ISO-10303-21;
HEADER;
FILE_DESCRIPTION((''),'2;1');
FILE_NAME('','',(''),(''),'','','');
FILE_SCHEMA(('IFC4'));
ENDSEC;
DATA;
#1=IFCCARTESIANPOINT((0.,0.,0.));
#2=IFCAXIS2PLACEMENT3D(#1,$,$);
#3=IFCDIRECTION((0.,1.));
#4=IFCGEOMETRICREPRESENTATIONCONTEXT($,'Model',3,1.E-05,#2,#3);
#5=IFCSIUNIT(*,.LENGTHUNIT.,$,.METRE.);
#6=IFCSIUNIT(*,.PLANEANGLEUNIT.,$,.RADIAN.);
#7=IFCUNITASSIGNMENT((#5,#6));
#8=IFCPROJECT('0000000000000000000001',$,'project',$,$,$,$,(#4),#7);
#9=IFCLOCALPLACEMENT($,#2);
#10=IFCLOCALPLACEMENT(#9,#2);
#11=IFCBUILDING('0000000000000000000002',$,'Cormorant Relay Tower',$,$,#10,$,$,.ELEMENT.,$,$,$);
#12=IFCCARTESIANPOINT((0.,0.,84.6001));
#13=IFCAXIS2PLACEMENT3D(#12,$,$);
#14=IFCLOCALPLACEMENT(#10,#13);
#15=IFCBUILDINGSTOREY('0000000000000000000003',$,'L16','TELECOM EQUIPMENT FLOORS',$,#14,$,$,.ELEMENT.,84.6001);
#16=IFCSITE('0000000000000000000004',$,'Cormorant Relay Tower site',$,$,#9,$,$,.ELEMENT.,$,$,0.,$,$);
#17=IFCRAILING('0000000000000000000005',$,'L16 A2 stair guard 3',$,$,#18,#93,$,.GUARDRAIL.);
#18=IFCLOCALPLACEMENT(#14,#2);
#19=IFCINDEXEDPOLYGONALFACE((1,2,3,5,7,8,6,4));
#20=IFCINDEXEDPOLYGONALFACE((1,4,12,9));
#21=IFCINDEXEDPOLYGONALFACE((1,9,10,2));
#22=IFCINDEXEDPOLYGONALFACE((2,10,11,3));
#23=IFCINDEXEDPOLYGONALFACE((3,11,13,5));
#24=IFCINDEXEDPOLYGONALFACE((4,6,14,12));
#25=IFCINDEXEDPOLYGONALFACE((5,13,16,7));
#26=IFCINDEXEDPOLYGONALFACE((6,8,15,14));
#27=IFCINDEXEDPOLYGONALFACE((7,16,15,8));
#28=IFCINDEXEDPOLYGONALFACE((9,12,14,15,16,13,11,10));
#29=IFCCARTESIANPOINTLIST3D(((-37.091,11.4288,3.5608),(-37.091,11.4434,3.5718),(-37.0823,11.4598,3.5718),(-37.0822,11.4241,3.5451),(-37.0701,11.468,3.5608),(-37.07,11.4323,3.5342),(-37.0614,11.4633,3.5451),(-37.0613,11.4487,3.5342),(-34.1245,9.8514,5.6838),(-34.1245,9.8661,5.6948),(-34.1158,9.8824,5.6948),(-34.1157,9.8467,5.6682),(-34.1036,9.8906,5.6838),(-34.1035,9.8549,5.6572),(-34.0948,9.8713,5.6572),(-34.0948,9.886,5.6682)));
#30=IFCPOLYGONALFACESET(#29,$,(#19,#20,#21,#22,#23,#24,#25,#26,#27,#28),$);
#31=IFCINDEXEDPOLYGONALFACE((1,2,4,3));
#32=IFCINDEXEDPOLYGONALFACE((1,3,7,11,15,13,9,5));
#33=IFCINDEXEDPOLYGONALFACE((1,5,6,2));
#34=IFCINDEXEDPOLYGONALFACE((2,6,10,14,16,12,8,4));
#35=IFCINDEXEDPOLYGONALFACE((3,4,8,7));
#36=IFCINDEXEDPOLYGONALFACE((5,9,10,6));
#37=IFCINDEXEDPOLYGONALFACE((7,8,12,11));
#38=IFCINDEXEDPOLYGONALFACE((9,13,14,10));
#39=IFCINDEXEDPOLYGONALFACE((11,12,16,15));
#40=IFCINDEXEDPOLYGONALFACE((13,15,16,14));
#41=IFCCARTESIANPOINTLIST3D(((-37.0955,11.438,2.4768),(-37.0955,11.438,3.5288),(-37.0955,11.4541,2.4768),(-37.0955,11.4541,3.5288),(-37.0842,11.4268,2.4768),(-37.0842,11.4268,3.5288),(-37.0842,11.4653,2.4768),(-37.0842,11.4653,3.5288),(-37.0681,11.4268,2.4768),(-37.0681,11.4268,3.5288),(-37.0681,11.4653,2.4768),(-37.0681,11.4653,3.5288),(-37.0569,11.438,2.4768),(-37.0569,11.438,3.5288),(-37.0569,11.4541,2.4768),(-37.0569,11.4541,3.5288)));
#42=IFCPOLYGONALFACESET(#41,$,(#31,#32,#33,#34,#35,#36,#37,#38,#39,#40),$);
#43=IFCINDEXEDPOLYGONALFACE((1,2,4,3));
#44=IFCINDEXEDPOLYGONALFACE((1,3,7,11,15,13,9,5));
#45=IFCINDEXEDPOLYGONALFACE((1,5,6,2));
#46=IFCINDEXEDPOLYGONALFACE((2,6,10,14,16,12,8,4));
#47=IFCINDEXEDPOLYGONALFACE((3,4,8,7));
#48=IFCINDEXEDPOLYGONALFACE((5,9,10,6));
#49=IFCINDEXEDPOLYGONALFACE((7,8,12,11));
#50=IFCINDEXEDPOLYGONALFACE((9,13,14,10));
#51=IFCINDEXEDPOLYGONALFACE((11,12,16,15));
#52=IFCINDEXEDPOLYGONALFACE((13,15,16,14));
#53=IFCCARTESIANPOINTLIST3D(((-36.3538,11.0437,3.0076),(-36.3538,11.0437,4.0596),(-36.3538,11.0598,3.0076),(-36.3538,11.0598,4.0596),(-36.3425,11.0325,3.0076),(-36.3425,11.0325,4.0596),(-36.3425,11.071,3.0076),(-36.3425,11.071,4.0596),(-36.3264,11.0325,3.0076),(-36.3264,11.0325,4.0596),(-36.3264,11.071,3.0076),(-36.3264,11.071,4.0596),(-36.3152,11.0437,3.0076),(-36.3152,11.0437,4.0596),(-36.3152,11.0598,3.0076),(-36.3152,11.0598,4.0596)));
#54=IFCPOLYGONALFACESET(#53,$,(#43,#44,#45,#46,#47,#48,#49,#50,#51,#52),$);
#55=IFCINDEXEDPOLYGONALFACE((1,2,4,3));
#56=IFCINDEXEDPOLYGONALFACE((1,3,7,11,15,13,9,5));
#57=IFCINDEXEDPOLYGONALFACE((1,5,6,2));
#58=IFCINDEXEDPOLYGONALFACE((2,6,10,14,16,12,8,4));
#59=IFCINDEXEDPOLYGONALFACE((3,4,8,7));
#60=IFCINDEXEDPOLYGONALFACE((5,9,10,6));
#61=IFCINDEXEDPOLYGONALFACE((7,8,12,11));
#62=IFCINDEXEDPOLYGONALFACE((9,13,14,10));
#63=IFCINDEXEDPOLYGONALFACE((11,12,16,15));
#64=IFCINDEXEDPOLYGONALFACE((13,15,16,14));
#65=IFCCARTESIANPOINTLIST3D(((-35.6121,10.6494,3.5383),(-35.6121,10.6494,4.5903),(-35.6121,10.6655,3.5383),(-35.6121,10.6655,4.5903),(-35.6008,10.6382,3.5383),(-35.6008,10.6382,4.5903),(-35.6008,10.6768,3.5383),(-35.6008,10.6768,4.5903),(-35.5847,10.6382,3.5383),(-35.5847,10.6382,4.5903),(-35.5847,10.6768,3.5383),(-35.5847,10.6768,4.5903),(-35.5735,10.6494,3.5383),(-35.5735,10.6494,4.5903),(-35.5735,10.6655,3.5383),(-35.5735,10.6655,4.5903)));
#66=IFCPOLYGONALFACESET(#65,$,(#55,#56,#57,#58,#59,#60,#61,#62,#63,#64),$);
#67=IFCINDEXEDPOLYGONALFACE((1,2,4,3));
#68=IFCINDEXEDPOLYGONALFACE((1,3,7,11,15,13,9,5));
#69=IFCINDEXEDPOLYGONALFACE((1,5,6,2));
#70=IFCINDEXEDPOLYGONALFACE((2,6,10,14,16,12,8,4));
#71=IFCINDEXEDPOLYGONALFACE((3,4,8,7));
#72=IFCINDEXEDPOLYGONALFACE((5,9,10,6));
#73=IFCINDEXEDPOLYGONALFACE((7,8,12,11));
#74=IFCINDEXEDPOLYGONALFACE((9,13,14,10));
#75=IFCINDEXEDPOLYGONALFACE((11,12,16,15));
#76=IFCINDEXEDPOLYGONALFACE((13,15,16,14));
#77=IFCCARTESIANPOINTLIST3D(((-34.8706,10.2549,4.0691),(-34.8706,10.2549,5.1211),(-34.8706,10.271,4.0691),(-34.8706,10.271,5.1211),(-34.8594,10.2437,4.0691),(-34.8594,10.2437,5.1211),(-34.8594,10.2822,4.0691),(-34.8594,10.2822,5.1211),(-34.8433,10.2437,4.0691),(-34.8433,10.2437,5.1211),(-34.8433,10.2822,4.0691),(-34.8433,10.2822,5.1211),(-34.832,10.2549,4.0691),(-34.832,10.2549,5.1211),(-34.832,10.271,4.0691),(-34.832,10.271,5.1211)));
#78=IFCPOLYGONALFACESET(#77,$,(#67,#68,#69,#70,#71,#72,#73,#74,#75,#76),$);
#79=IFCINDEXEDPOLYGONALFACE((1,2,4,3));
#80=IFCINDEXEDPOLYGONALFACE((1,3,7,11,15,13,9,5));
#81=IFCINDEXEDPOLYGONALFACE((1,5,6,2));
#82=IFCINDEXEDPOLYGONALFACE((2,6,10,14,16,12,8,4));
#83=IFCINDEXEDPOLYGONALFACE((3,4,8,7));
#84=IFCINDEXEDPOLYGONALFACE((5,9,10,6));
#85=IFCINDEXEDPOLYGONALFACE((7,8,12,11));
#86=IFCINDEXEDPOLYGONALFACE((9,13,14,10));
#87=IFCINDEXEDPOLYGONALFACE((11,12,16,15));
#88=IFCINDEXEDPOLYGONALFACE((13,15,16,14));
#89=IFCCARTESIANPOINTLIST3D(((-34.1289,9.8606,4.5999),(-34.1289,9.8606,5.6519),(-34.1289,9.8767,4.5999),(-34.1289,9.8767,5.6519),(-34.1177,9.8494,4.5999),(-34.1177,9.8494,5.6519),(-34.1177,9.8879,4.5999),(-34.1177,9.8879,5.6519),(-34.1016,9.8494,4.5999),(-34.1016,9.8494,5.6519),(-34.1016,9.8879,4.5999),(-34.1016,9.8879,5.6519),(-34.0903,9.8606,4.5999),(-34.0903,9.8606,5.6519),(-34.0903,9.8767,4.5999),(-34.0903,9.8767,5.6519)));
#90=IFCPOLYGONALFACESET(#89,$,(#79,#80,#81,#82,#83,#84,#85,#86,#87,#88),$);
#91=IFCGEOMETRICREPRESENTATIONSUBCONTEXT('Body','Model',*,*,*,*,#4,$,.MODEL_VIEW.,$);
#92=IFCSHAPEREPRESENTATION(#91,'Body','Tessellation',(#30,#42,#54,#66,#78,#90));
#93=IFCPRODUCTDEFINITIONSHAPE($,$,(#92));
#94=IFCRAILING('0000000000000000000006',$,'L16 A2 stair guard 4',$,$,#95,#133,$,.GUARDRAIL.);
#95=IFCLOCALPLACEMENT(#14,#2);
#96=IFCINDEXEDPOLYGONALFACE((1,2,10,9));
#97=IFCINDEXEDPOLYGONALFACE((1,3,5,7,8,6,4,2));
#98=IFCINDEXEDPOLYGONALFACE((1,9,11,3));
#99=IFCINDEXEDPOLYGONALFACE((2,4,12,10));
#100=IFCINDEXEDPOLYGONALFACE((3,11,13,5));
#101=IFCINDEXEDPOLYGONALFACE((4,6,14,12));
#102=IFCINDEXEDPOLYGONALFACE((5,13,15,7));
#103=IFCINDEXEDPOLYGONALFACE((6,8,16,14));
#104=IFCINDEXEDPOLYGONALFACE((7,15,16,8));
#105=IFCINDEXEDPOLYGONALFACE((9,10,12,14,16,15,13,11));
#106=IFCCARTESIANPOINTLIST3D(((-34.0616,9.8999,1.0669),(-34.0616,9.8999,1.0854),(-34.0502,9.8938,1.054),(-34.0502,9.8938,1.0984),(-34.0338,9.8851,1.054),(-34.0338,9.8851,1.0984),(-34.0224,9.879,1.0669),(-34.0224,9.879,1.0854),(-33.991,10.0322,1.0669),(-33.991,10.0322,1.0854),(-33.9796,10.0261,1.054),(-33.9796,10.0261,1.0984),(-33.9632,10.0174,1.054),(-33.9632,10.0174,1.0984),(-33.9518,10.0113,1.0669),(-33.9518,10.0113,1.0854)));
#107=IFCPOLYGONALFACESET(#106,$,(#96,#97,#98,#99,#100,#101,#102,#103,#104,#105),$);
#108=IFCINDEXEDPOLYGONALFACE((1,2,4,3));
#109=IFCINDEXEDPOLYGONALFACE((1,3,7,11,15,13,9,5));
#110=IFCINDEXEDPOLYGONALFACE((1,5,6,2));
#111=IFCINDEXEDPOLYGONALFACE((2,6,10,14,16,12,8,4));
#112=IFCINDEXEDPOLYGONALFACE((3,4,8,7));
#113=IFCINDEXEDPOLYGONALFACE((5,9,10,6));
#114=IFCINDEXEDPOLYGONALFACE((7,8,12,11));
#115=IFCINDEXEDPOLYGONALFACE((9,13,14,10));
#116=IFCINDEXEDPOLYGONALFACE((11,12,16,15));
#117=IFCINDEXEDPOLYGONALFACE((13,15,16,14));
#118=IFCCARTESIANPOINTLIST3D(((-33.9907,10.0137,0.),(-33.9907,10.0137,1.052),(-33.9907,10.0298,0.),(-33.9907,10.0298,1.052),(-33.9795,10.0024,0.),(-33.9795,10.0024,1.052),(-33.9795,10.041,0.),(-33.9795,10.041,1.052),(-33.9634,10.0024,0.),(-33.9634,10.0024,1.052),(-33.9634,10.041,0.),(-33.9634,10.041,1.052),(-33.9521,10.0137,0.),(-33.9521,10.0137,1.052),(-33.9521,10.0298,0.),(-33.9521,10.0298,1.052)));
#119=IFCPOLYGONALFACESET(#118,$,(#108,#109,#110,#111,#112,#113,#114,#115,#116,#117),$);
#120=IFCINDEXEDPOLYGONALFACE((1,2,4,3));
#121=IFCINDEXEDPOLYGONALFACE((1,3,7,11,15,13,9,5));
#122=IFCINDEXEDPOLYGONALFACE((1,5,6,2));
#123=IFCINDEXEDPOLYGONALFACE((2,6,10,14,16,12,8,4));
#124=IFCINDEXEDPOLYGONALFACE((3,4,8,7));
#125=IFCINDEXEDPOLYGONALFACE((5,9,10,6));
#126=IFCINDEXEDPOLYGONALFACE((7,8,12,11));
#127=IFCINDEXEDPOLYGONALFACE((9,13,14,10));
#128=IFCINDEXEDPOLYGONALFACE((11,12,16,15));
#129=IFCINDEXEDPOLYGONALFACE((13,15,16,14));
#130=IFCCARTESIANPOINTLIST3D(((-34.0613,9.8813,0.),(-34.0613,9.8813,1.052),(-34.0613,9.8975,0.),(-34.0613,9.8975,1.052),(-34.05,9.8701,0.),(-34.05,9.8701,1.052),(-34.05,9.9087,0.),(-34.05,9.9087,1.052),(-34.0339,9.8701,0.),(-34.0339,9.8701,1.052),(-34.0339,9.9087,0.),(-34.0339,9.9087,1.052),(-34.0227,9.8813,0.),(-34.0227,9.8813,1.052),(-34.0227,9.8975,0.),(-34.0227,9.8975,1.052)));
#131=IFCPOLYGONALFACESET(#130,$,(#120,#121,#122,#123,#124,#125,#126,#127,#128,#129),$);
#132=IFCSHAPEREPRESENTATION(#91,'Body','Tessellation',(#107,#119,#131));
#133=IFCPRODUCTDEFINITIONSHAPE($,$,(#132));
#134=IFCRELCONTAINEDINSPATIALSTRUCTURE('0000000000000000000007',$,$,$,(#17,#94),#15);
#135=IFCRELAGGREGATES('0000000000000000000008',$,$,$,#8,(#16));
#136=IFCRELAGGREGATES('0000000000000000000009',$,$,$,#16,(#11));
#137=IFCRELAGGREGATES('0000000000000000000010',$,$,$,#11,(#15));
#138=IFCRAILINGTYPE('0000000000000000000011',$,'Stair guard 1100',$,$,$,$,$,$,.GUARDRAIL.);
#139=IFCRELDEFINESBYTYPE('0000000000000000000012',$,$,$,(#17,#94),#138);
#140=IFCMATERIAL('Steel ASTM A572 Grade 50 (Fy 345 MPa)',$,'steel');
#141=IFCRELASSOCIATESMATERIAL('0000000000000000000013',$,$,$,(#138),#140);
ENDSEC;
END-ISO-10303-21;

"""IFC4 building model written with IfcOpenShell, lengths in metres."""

from ifc_helpers import new_model, si_unit, direction, frame, origin, place, context, subcontext, project, spatial, polyline, outline, extrude, material, type_object, element, save


model = new_model("IFC4")

# Units and contexts
model_context = context("Model", 3, precision=1e-05, world=origin(), true_north=direction((0.0, 1.0)))
body_context = subcontext(model_context, "Body", "Model", "MODEL_VIEW")
ifc_project = project(units=[si_unit("LENGTHUNIT", "METRE"), si_unit("PLANEANGLEUNIT", "RADIAN")], contexts=[model_context])

# Site, building, storey
site_placement = place(None, origin())
site = spatial("IfcSite", under=ifc_project, at=site_placement, Name="Cormorant Relay Tower site", CompositionType="ELEMENT", RefElevation=0.0)
building_placement = place(site_placement, origin())
building = spatial("IfcBuilding", under=site, at=building_placement, Name="Cormorant Relay Tower", CompositionType="ELEMENT")
storey_placement = place(building_placement, frame((0.0, 0.0, 84.6001)))
storey = spatial("IfcBuildingStorey", under=building, at=storey_placement, Name="L16", Description="TELECOM EQUIPMENT FLOORS", CompositionType="ELEMENT", Elevation=84.6001)

# Railings
ifc_material_1 = material(Name="Steel ASTM A572 Grade 50 (Fy 345 MPa)", Category="steel")
railing_type_1 = type_object("IfcRailingType", Name="Stair guard 1100", PredefinedType="GUARDRAIL", material=ifc_material_1)
railing_1_placement = place(storey_placement, frame((-37.0762, 11.446, 2.4768)))
element("IfcRailing", 1, at=railing_1_placement, inside=storey, type_object=railing_type_1, Name="L16 A2 stair guard 3", PredefinedType="GUARDRAIL", context=body_context, shape_type="SweptSolid", body=[
    extrude(outline(polyline([(0.0222, 0.0093), (0.0093, 0.0222), (-0.0093, 0.0222), (-0.0222, 0.0093), (-0.0222, -0.0093), (-0.0093, -0.0222), (0.0093, -0.0222), (0.0222, -0.0093), (0.0222, 0.0093)])), frame((0.0, 0.0, 1.0762), z_axis=(0.746413, -0.396887, 0.534179), x_axis=(0.469483, 0.882942, 0.0)), (0.0, 0.0, 1.0), 3.9744),
    extrude(outline(polyline([(0.0193, 0.0081), (0.0081, 0.0193), (-0.0081, 0.0193), (-0.0193, 0.0081), (-0.0193, -0.0081), (-0.0081, -0.0193), (0.0081, -0.0193), (0.0193, -0.0081), (0.0193, 0.0081)])), origin(), (0.0, 0.0, 1.0), 1.052),
    extrude(outline(polyline([(0.0193, 0.0081), (0.0081, 0.0193), (-0.0081, 0.0193), (-0.0193, 0.0081), (-0.0193, -0.0081), (-0.0081, -0.0193), (0.0081, -0.0193), (0.0193, -0.0081), (0.0193, 0.0081)])), frame((0.7417, -0.3943, 0.5308)), (0.0, 0.0, 1.0), 1.052),
    extrude(outline(polyline([(0.0193, 0.0081), (0.0081, 0.0193), (-0.0081, 0.0193), (-0.0193, 0.0081), (-0.0193, -0.0081), (-0.0081, -0.0193), (0.0081, -0.0193), (0.0193, -0.0081), (0.0193, 0.0081)])), frame((1.4834, -0.7886, 1.0615)), (0.0, 0.0, 1.0), 1.052),
    extrude(outline(polyline([(0.0193, 0.0081), (0.0081, 0.0193), (-0.0081, 0.0193), (-0.0193, 0.0081), (-0.0193, -0.0081), (-0.0081, -0.0193), (0.0081, -0.0193), (0.0193, -0.0081), (0.0193, 0.0081)])), frame((2.2249, -1.1831, 1.5923)), (0.0, 0.0, 1.0), 1.052),
    extrude(outline(polyline([(0.0193, 0.0081), (0.0081, 0.0193), (-0.0081, 0.0193), (-0.0193, 0.0081), (-0.0193, -0.0081), (-0.0081, -0.0193), (0.0081, -0.0193), (0.0193, -0.0081), (0.0193, 0.0081)])), frame((2.9666, -1.5774, 2.123)), (0.0, 0.0, 1.0), 1.052),
])
railing_2_placement = place(storey_placement, frame((-33.9714, 10.0217, 0.0)))
element("IfcRailing", 2, at=railing_2_placement, inside=storey, type_object=railing_type_1, Name="L16 A2 stair guard 4", PredefinedType="GUARDRAIL", context=body_context, shape_type="SweptSolid", body=[
    extrude(outline(polyline([(0.0222, 0.0093), (0.0093, 0.0222), (-0.0093, 0.0222), (-0.0222, 0.0093), (-0.0222, -0.0093), (-0.0093, -0.0222), (0.0093, -0.0222), (0.0222, -0.0093), (0.0222, 0.0093)])), frame((0.0, 0.0, 1.0762), z_axis=(-0.470504, -0.882398, 0.0), x_axis=(0.882398, -0.470504, 0.0)), (0.0, 0.0, 1.0), 0.1499),
    extrude(outline(polyline([(0.0193, 0.0081), (0.0081, 0.0193), (-0.0081, 0.0193), (-0.0193, 0.0081), (-0.0193, -0.0081), (-0.0081, -0.0193), (0.0081, -0.0193), (0.0193, -0.0081), (0.0193, 0.0081)])), origin(), (0.0, 0.0, 1.0), 1.052),
    extrude(outline(polyline([(0.0193, 0.0081), (0.0081, 0.0193), (-0.0081, 0.0193), (-0.0193, 0.0081), (-0.0193, -0.0081), (-0.0081, -0.0193), (0.0081, -0.0193), (0.0193, -0.0081), (0.0193, 0.0081)])), frame((-0.0706, -0.1323, 0.0)), (0.0, 0.0, 1.0), 1.052),
])

save(model, "model.ifc")
